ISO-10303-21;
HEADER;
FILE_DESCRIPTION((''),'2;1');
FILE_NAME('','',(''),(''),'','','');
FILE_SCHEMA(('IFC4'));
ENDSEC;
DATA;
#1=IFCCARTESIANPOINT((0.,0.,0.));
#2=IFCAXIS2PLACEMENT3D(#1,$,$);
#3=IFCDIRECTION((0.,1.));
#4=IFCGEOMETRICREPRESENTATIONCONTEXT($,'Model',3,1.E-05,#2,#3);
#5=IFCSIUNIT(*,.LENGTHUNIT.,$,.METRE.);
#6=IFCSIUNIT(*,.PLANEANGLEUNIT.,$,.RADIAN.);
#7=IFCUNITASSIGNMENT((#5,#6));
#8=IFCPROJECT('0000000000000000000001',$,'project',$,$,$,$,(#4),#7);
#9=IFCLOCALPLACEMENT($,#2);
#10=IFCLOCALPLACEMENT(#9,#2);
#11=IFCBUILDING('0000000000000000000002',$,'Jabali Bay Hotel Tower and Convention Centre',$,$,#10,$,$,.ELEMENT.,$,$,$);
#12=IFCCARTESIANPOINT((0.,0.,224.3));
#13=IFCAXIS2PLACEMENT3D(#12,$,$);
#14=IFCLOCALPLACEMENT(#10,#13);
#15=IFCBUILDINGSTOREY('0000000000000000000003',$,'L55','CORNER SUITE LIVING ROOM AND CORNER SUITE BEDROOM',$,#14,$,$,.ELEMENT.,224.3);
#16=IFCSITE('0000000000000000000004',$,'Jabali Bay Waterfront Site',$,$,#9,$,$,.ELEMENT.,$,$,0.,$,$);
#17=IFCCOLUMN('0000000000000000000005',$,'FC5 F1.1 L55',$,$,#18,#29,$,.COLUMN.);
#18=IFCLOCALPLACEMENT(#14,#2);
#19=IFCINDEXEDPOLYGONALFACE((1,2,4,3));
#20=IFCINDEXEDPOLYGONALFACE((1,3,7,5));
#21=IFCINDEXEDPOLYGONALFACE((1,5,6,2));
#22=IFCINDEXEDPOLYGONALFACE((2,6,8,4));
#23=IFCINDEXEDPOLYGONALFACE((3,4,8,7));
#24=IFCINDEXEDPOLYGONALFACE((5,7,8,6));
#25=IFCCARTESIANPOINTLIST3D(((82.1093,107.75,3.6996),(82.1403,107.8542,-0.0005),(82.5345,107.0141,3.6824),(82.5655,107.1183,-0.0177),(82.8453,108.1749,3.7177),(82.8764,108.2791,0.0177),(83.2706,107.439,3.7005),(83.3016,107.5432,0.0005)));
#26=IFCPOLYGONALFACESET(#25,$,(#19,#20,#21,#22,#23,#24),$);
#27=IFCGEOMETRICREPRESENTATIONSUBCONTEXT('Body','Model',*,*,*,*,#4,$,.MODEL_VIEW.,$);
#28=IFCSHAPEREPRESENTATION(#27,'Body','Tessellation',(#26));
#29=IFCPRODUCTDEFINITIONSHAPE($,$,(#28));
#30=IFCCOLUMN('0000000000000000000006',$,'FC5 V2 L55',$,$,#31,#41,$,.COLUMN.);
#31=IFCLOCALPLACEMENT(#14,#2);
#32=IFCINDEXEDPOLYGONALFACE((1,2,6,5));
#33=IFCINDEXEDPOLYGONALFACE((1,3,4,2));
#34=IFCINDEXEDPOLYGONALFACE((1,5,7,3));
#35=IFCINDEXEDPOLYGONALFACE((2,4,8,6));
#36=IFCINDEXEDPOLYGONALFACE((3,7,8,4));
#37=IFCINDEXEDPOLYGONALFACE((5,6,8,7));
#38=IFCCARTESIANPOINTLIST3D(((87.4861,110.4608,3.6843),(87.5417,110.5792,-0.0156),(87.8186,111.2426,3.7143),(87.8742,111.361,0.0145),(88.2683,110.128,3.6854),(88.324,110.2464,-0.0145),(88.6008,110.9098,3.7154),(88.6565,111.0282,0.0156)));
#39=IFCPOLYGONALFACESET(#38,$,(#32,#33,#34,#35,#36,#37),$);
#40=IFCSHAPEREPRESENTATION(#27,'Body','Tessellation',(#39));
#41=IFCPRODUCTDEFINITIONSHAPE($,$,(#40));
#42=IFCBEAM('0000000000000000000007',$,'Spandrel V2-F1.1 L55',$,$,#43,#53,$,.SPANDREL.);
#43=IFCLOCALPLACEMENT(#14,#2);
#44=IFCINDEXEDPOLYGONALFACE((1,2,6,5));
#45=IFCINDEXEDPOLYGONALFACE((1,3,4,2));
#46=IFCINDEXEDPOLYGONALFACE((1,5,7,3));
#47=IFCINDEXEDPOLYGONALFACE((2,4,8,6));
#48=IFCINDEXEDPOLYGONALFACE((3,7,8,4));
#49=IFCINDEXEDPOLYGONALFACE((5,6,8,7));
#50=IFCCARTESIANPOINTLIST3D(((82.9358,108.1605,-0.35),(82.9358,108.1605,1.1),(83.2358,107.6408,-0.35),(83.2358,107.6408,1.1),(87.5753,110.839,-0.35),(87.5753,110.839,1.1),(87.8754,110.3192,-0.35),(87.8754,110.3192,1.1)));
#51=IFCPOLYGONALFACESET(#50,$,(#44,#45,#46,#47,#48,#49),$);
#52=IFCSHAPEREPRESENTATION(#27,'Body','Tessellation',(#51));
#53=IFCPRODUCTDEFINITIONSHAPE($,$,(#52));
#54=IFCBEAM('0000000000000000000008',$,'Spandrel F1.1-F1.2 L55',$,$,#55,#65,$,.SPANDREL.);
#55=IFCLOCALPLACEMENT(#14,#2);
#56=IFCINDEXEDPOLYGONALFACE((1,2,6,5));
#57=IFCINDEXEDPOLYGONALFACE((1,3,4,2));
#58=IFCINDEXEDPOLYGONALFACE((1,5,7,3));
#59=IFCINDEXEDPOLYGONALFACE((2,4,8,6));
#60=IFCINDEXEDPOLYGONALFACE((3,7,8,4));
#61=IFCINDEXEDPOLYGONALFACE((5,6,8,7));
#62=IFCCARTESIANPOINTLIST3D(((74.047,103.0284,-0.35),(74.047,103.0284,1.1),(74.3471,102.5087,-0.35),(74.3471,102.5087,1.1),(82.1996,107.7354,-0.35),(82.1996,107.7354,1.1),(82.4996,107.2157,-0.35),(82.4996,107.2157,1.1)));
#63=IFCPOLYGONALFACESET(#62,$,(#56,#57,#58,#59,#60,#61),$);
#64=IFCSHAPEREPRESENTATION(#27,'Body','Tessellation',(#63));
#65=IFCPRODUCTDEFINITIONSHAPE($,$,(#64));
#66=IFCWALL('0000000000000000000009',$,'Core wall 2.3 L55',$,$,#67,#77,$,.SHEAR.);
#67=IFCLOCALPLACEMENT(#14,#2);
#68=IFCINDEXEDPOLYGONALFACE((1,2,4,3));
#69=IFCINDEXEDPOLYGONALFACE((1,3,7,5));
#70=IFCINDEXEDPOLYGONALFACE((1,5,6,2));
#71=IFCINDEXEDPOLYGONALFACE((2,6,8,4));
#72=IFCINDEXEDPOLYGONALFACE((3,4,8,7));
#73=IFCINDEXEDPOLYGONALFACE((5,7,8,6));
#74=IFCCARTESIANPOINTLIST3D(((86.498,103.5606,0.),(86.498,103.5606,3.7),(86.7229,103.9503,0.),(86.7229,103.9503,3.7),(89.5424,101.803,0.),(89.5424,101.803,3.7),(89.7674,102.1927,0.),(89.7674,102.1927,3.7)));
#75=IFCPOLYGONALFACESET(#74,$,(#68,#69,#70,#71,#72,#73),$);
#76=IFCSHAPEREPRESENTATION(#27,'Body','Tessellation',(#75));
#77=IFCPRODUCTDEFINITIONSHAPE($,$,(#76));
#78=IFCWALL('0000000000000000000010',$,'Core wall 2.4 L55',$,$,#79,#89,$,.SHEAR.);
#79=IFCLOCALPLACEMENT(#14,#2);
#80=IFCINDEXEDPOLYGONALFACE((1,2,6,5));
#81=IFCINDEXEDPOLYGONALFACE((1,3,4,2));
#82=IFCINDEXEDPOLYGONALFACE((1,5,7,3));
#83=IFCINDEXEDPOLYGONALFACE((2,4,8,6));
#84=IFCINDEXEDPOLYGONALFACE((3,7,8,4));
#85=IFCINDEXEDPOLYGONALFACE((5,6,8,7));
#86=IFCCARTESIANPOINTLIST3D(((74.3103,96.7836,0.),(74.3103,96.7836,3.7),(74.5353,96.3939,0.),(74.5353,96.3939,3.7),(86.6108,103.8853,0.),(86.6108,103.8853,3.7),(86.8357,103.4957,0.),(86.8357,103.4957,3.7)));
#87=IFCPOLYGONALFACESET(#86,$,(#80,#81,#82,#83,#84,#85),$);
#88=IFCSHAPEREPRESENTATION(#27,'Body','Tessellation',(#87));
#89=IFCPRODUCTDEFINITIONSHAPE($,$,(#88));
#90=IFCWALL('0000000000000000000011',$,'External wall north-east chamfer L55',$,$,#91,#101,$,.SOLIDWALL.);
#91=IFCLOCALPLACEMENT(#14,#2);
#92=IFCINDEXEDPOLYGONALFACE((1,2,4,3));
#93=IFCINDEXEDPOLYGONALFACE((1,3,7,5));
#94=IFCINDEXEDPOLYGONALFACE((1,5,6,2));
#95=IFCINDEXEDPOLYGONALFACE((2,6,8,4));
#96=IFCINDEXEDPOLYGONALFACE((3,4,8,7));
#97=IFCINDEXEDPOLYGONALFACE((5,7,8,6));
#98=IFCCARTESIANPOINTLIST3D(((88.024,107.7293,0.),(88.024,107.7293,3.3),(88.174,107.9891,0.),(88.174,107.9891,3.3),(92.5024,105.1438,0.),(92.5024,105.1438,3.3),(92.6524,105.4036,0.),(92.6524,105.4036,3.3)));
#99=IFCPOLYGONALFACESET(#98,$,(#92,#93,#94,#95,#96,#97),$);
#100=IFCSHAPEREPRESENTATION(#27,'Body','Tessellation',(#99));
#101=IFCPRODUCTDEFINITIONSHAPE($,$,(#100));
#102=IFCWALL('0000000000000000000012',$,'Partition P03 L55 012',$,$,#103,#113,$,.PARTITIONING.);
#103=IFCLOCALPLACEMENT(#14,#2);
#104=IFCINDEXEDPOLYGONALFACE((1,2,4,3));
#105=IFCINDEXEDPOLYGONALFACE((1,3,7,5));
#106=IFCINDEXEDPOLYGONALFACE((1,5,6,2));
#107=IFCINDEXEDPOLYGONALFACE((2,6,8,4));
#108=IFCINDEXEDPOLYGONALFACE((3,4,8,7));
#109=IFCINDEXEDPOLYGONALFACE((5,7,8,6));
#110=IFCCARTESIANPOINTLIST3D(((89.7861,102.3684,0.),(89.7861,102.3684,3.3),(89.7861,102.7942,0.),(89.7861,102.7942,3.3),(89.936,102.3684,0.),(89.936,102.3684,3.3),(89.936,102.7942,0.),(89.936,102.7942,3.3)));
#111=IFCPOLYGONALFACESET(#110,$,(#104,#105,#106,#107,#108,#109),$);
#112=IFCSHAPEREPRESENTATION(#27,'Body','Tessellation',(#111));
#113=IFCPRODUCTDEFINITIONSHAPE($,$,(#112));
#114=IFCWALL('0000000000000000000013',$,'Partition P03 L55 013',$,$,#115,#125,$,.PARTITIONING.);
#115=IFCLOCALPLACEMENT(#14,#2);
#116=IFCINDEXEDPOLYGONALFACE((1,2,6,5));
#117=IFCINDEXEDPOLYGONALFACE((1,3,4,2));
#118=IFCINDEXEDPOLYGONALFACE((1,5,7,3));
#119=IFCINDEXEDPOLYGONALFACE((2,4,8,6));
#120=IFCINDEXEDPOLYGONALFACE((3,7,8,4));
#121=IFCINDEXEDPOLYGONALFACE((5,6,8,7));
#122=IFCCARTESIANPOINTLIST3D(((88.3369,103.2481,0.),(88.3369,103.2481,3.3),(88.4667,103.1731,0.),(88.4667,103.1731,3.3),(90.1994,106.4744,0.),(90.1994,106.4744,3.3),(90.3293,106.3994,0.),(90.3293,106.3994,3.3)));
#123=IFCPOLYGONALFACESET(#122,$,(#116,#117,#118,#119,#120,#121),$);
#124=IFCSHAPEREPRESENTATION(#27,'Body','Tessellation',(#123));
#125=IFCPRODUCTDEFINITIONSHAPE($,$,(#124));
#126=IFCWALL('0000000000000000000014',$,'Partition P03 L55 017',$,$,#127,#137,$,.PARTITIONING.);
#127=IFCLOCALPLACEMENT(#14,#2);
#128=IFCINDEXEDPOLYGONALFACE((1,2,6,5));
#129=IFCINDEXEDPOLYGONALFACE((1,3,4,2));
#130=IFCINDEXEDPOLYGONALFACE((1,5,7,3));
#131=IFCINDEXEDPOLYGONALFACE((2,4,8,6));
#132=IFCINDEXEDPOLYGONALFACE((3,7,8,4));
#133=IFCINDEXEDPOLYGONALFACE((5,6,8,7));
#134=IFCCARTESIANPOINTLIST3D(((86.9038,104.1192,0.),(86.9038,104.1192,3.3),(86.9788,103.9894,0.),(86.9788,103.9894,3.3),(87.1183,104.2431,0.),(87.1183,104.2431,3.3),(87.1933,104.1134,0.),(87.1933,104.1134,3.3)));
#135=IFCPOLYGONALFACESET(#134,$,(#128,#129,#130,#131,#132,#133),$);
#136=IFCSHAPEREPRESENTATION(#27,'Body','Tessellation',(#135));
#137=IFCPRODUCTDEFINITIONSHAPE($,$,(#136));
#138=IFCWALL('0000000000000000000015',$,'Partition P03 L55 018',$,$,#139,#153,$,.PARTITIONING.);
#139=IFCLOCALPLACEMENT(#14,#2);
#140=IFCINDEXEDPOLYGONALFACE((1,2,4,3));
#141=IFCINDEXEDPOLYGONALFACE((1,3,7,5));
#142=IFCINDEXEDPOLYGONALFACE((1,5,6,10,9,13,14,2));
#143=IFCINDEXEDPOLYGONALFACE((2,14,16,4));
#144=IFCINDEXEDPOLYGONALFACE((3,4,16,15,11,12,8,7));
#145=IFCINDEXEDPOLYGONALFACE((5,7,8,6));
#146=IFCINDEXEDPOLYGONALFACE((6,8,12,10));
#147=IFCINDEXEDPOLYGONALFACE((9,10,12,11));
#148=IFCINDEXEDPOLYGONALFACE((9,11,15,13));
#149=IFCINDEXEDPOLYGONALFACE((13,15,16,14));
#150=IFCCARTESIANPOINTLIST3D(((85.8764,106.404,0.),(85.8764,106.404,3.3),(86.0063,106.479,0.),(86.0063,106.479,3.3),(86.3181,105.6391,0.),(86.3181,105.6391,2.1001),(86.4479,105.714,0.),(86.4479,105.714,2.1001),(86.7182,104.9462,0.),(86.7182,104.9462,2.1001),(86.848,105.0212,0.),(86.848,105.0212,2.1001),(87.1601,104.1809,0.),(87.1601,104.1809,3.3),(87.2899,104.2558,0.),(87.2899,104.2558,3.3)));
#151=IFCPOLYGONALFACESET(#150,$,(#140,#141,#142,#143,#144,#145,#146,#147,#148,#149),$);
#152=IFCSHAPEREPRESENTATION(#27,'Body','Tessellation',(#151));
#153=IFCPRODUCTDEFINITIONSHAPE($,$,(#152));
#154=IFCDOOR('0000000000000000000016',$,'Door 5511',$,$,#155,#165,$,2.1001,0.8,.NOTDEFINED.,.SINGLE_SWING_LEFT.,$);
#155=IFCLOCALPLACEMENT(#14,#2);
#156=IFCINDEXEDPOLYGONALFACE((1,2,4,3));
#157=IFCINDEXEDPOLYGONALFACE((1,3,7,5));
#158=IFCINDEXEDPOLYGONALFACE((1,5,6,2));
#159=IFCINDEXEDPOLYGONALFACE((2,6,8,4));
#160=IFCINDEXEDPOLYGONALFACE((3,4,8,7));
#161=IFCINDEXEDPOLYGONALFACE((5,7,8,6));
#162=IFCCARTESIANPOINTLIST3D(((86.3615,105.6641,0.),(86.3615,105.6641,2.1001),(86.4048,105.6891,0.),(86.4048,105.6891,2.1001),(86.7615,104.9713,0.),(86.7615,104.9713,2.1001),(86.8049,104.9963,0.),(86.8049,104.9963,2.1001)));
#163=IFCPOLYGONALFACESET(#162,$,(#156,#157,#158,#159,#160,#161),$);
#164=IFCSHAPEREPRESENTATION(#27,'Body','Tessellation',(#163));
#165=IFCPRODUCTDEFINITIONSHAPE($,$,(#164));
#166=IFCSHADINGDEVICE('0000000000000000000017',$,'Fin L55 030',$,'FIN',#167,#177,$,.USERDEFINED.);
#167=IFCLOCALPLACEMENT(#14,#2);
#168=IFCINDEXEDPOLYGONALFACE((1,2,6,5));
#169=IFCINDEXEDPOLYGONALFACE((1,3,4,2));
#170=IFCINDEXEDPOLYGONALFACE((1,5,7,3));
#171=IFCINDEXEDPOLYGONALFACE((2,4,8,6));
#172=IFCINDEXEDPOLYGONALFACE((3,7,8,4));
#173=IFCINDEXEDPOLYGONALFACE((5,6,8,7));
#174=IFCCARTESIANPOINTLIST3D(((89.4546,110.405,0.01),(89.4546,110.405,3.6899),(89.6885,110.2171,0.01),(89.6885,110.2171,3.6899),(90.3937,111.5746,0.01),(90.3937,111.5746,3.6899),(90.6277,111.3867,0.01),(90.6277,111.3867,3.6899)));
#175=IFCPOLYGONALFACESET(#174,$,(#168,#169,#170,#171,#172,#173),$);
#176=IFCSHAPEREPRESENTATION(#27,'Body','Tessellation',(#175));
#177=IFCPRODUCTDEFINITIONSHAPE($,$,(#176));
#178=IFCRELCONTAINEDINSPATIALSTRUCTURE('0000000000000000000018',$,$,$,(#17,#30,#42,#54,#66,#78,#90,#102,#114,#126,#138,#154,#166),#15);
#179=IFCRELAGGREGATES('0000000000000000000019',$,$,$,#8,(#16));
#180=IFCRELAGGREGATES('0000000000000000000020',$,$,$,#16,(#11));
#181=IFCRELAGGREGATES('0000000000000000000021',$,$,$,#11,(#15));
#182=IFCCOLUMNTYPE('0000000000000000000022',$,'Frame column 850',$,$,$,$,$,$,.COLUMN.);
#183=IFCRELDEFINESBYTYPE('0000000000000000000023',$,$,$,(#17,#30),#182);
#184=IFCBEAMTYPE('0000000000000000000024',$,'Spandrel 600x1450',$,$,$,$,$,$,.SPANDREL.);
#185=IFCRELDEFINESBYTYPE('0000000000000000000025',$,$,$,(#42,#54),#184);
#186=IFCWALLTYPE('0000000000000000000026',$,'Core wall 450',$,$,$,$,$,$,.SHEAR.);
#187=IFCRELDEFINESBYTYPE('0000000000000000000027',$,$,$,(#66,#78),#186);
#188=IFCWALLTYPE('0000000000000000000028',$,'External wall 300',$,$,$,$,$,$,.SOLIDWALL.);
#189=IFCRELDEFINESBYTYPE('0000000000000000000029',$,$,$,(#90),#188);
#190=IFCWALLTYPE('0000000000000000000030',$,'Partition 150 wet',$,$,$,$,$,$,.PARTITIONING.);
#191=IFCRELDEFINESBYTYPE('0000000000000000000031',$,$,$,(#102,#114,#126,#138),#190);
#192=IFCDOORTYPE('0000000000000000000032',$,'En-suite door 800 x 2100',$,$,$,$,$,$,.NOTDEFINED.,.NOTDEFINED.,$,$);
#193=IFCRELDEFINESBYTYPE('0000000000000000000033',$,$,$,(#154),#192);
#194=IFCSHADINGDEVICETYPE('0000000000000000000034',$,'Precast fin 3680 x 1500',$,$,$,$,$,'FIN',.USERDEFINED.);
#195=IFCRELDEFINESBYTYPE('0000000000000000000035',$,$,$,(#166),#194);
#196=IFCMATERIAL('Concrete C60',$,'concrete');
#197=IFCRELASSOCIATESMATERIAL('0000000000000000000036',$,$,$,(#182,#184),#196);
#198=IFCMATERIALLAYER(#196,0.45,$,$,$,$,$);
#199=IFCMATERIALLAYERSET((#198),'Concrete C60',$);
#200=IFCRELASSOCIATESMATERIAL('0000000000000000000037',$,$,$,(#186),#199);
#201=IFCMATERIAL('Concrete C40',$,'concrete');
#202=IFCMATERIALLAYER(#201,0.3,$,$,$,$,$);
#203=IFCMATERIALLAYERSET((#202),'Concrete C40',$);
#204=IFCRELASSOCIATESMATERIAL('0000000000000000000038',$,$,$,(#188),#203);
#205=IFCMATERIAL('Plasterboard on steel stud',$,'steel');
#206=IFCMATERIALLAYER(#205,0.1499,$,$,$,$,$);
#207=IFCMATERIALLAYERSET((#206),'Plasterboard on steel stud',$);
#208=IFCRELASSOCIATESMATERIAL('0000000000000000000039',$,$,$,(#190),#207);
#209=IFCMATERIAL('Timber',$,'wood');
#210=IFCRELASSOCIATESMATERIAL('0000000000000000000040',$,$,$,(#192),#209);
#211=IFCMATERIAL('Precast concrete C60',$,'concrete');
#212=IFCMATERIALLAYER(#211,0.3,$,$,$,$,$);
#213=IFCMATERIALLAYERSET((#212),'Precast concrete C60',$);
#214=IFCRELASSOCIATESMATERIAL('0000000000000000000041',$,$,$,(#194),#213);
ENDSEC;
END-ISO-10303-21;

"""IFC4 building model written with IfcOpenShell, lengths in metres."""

from ifc_helpers import new_model, si_unit, direction, frame, frame_2d, origin, origin_2d, place, context, subcontext, project, spatial, rectangle, extrude, material, layer, layer_set, material_profile, profile_set, type_object, element, fill, save


model = new_model("IFC4")

# Units and contexts
model_context = context("Model", 3, precision=1e-05, world=origin(), true_north=direction((0.0, 1.0)))
body_context = subcontext(model_context, "Body", "Model", "MODEL_VIEW")
ifc_project = project(units=[si_unit("LENGTHUNIT", "METRE"), si_unit("PLANEANGLEUNIT", "RADIAN")], contexts=[model_context])

# Site, building, storey
site_placement = place(None, origin())
site = spatial("IfcSite", under=ifc_project, at=site_placement, Name="Jabali Bay Waterfront Site", CompositionType="ELEMENT", RefElevation=0.0)
building_placement = place(site_placement, origin())
building = spatial("IfcBuilding", under=site, at=building_placement, Name="Jabali Bay Hotel Tower and Convention Centre", CompositionType="ELEMENT")
storey_placement = place(building_placement, frame((0.0, 0.0, 224.3)))
storey = spatial("IfcBuildingStorey", under=building, at=storey_placement, Name="L55", Description="CORNER SUITE LIVING ROOM AND CORNER SUITE BEDROOM", CompositionType="ELEMENT", Elevation=224.3)

# Columns
ifc_material_1 = material(Name="Concrete C60", Category="concrete")
ifc_material_profile_1 = material_profile(ifc_material_1, rectangle(XDim=0.8501, YDim=0.8501, at=origin_2d()), Name="Frame column 850")
ifc_profile_set_1 = profile_set([ifc_material_profile_1], Name="Concrete C60")
column_type = type_object("IfcColumnType", Name="Frame column 850", PredefinedType="COLUMN", material=ifc_profile_set_1)
column_1_placement = place(storey_placement, frame((82.7209, 107.6987, 0.0), z_axis=(-0.008376, -0.028163, 0.999568), x_axis=(0.865851, 0.499847, 0.021339)))
element("IfcColumn", 1, at=column_1_placement, inside=storey, type_object=column_type, Name="FC5 F1.1 L55", PredefinedType="COLUMN", context=body_context, shape_type="SweptSolid", body=[
    extrude(rectangle(XDim=0.8501, YDim=0.8501, at=origin_2d()), origin(), (0.0, 0.0, 1.0), 3.7017),
])
column_2_placement = place(storey_placement, frame((88.0991, 110.8037, 0.0), z_axis=(-0.015035, -0.031983, 0.999375), x_axis=(0.920212, -0.391419, 0.001318)))
element("IfcColumn", 2, at=column_2_placement, inside=storey, type_object=column_type, Name="FC5 V2 L55", PredefinedType="COLUMN", context=body_context, shape_type="SweptSolid", body=[
    extrude(rectangle(XDim=0.8501, YDim=0.8501, at=origin_2d()), origin(), (0.0, 0.0, 1.0), 3.7021),
])

# Beams
ifc_material_profile_2 = material_profile(ifc_material_1, rectangle(XDim=0.6001, YDim=1.45, at=origin_2d()), Name="Spandrel 600x1450")
ifc_profile_set_2 = profile_set([ifc_material_profile_2], Name="Concrete C60")
beam_type = type_object("IfcBeamType", Name="Spandrel 600x1450", PredefinedType="SPANDREL", material=ifc_profile_set_2)
beam_1_placement = place(storey_placement, frame((87.7253, 110.5791, 0.375), z_axis=(-0.866044, -0.499967, 0.0), x_axis=(0.499967, -0.866044, 0.0)))
element("IfcBeam", 3, at=beam_1_placement, inside=storey, type_object=beam_type, Name="Spandrel V2-F1.1 L55", PredefinedType="SPANDREL", context=body_context, shape_type="SweptSolid", body=[
    extrude(rectangle(XDim=0.6001, YDim=1.45, at=origin_2d()), origin(), (0.0, 0.0, 1.0), 5.3572),
])
beam_2_placement = place(storey_placement, frame((82.3496, 107.4756, 0.375), z_axis=(-0.866019, -0.500011, 0.0), x_axis=(0.500011, -0.866019, 0.0)))
element("IfcBeam", 4, at=beam_2_placement, inside=storey, type_object=beam_type, Name="Spandrel F1.1-F1.2 L55", PredefinedType="SPANDREL", context=body_context, shape_type="SweptSolid", body=[
    extrude(rectangle(XDim=0.6001, YDim=1.45, at=origin_2d()), origin(), (0.0, 0.0, 1.0), 9.4138),
])

# Walls
ifc_layer_1 = layer(ifc_material_1, 0.45)
ifc_layer_set_1 = layer_set([ifc_layer_1], Name="Concrete C60")
wall_type_1 = type_object("IfcWallType", Name="Core wall 450", PredefinedType="SHEAR", material=ifc_layer_set_1)
wall_1_placement = place(storey_placement, frame((89.655, 101.9978, 0.0), z_axis=(0.0, 0.0, 1.0), x_axis=(-0.866042, 0.499971, 0.0)))
element("IfcWall", 5, at=wall_1_placement, inside=storey, type_object=wall_type_1, Name="Core wall 2.3 L55", PredefinedType="SHEAR", context=body_context, shape_type="SweptSolid", body=[
    extrude(rectangle(XDim=3.5154, YDim=0.45, at=frame_2d((1.7578, 0.0))), origin(), (0.0, 0.0, 1.0), 3.7),
])
wall_2_placement = place(storey_placement, frame((86.7231, 103.6904, 0.0), z_axis=(0.0, 0.0, 1.0), x_axis=(-0.866023, -0.500005, 0.0)))
element("IfcWall", 6, at=wall_2_placement, inside=storey, type_object=wall_type_1, Name="Core wall 2.4 L55", PredefinedType="SHEAR", context=body_context, shape_type="SweptSolid", body=[
    extrude(rectangle(XDim=14.2034, YDim=0.45, at=frame_2d((7.1016, 0.0))), origin(), (0.0, 0.0, 1.0), 3.7),
])
ifc_material_2 = material(Name="Concrete C40", Category="concrete")
ifc_layer_2 = layer(ifc_material_2, 0.3)
ifc_layer_set_2 = layer_set([ifc_layer_2], Name="Concrete C40")
wall_type_2 = type_object("IfcWallType", Name="External wall 300", PredefinedType="SOLIDWALL", material=ifc_layer_set_2)
wall_3_placement = place(storey_placement, frame((88.0991, 107.8591, 0.0), z_axis=(0.0, 0.0, 1.0), x_axis=(0.866032, -0.499988, 0.0)))
element("IfcWall", 7, at=wall_3_placement, inside=storey, type_object=wall_type_2, Name="External wall north-east chamfer L55", PredefinedType="SOLIDWALL", context=body_context, shape_type="SweptSolid", body=[
    extrude(rectangle(XDim=5.1711, YDim=0.3, at=frame_2d((2.5854, 0.0))), origin(), (0.0, 0.0, 1.0), 3.3),
])
ifc_material_3 = material(Name="Plasterboard on steel stud", Category="steel")
ifc_layer_3 = layer(ifc_material_3, 0.1499)
ifc_layer_set_3 = layer_set([ifc_layer_3], Name="Plasterboard on steel stud")
wall_type_3 = type_object("IfcWallType", Name="Partition 150 wet", PredefinedType="PARTITIONING", material=ifc_layer_set_3)
wall_4_placement = place(storey_placement, frame((89.8611, 102.7942, 0.0), z_axis=(0.0, 0.0, 1.0), x_axis=(0.0, -1.0, 0.0)))
element("IfcWall", 8, at=wall_4_placement, inside=storey, type_object=wall_type_3, Name="Partition P03 L55 012", PredefinedType="PARTITIONING", context=body_context, shape_type="SweptSolid", body=[
    extrude(rectangle(XDim=0.4258, YDim=0.1499, at=frame_2d((0.2129, 0.0))), origin(), (0.0, 0.0, 1.0), 3.3),
])
wall_5_placement = place(storey_placement, frame((90.2644, 106.437, 0.0), z_axis=(0.0, 0.0, 1.0), x_axis=(-0.499966, -0.866045, 0.0)))
element("IfcWall", 9, at=wall_5_placement, inside=storey, type_object=wall_type_3, Name="Partition P03 L55 013", PredefinedType="PARTITIONING", context=body_context, shape_type="SweptSolid", body=[
    extrude(rectangle(XDim=3.7253, YDim=0.1499, at=frame_2d((1.8628, 0.0))), origin(), (0.0, 0.0, 1.0), 3.3),
])
wall_6_placement = place(storey_placement, frame((86.9412, 104.0542, 0.0), z_axis=(0.0, 0.0, 1.0), x_axis=(0.865808, 0.500376, 0.0)))
element("IfcWall", 10, at=wall_6_placement, inside=storey, type_object=wall_type_3, Name="Partition P03 L55 017", PredefinedType="PARTITIONING", context=body_context, shape_type="SweptSolid", body=[
    extrude(rectangle(XDim=0.2478, YDim=0.1499, at=frame_2d((0.124, 0.0))), origin(), (0.0, 0.0, 1.0), 3.3),
])

# Wall, opening, door
wall_7_placement = place(storey_placement, frame((87.2251, 104.2183, 0.0), z_axis=(0.0, 0.0, 1.0), x_axis=(-0.500046, 0.865999, 0.0)))
wall_7 = element("IfcWall", 11, at=wall_7_placement, inside=storey, type_object=wall_type_3, Name="Partition P03 L55 018", PredefinedType="PARTITIONING", context=body_context, shape_type="SweptSolid", body=[
    extrude(rectangle(XDim=2.5671, YDim=0.1499, at=frame_2d((1.2837, 0.0))), origin(), (0.0, 0.0, 1.0), 3.3),
])
opening_placement = place(wall_7_placement, frame((0.884, 0.0, 0.0)))
opening = element("IfcOpeningElement", 12, at=opening_placement, cuts=wall_7, PredefinedType="OPENING", context=body_context, shape_type="SweptSolid", body=[
    extrude(rectangle(XDim=0.8, YDim=2.1001, at=frame_2d((0.3999, 1.05))), frame((0.0, 0.0854, 0.0), z_axis=(0.0, -1.0, 0.0), x_axis=(1.0, 0.0, 0.0)), (0.0, 0.0, 1.0), 0.1709),
])
ifc_material_4 = material(Name="Timber", Category="wood")
door_type = type_object("IfcDoorType", Name="En-suite door 800 x 2100", OperationType="NOTDEFINED", PredefinedType="NOTDEFINED", material=ifc_material_4)
door_placement = place(opening_placement, origin())
door = element("IfcDoor", 13, at=door_placement, inside=storey, type_object=door_type, Name="Door 5511", OperationType="SINGLE_SWING_LEFT", OverallHeight=2.1001, OverallWidth=0.8, PredefinedType="NOTDEFINED", context=body_context, shape_type="SweptSolid", body=[
    extrude(rectangle(XDim=0.8, YDim=2.1001, at=frame_2d((0.3999, 1.05))), frame((0.0, 0.0249, 0.0), z_axis=(0.0, -1.0, 0.0), x_axis=(1.0, 0.0, 0.0)), (0.0, 0.0, 1.0), 0.05),
])
fill(opening, door)

# Shading device
ifc_material_5 = material(Name="Precast concrete C60", Category="concrete")
ifc_layer_4 = layer(ifc_material_5, 0.3)
ifc_layer_set_4 = layer_set([ifc_layer_4], Name="Precast concrete C60")
shading_device_type = type_object("IfcShadingDeviceType", Name="Precast fin 3680 x 1500", ElementType="FIN", PredefinedType="USERDEFINED", material=ifc_layer_set_4)
shading_device_1_placement = place(storey_placement, frame((89.5715, 110.311, 0.01), z_axis=(0.0, 0.0, 1.0), x_axis=(0.626103, 0.77974, 0.0)))
element("IfcShadingDevice", 14, at=shading_device_1_placement, inside=storey, type_object=shading_device_type, Name="Fin L55 030", ObjectType="FIN", PredefinedType="USERDEFINED", context=body_context, shape_type="SweptSolid", body=[
    extrude(rectangle(XDim=1.5, YDim=0.3, at=frame_2d((0.75, 0.0))), origin(), (0.0, 0.0, 1.0), 3.6799),
])

save(model, "model.ifc")
